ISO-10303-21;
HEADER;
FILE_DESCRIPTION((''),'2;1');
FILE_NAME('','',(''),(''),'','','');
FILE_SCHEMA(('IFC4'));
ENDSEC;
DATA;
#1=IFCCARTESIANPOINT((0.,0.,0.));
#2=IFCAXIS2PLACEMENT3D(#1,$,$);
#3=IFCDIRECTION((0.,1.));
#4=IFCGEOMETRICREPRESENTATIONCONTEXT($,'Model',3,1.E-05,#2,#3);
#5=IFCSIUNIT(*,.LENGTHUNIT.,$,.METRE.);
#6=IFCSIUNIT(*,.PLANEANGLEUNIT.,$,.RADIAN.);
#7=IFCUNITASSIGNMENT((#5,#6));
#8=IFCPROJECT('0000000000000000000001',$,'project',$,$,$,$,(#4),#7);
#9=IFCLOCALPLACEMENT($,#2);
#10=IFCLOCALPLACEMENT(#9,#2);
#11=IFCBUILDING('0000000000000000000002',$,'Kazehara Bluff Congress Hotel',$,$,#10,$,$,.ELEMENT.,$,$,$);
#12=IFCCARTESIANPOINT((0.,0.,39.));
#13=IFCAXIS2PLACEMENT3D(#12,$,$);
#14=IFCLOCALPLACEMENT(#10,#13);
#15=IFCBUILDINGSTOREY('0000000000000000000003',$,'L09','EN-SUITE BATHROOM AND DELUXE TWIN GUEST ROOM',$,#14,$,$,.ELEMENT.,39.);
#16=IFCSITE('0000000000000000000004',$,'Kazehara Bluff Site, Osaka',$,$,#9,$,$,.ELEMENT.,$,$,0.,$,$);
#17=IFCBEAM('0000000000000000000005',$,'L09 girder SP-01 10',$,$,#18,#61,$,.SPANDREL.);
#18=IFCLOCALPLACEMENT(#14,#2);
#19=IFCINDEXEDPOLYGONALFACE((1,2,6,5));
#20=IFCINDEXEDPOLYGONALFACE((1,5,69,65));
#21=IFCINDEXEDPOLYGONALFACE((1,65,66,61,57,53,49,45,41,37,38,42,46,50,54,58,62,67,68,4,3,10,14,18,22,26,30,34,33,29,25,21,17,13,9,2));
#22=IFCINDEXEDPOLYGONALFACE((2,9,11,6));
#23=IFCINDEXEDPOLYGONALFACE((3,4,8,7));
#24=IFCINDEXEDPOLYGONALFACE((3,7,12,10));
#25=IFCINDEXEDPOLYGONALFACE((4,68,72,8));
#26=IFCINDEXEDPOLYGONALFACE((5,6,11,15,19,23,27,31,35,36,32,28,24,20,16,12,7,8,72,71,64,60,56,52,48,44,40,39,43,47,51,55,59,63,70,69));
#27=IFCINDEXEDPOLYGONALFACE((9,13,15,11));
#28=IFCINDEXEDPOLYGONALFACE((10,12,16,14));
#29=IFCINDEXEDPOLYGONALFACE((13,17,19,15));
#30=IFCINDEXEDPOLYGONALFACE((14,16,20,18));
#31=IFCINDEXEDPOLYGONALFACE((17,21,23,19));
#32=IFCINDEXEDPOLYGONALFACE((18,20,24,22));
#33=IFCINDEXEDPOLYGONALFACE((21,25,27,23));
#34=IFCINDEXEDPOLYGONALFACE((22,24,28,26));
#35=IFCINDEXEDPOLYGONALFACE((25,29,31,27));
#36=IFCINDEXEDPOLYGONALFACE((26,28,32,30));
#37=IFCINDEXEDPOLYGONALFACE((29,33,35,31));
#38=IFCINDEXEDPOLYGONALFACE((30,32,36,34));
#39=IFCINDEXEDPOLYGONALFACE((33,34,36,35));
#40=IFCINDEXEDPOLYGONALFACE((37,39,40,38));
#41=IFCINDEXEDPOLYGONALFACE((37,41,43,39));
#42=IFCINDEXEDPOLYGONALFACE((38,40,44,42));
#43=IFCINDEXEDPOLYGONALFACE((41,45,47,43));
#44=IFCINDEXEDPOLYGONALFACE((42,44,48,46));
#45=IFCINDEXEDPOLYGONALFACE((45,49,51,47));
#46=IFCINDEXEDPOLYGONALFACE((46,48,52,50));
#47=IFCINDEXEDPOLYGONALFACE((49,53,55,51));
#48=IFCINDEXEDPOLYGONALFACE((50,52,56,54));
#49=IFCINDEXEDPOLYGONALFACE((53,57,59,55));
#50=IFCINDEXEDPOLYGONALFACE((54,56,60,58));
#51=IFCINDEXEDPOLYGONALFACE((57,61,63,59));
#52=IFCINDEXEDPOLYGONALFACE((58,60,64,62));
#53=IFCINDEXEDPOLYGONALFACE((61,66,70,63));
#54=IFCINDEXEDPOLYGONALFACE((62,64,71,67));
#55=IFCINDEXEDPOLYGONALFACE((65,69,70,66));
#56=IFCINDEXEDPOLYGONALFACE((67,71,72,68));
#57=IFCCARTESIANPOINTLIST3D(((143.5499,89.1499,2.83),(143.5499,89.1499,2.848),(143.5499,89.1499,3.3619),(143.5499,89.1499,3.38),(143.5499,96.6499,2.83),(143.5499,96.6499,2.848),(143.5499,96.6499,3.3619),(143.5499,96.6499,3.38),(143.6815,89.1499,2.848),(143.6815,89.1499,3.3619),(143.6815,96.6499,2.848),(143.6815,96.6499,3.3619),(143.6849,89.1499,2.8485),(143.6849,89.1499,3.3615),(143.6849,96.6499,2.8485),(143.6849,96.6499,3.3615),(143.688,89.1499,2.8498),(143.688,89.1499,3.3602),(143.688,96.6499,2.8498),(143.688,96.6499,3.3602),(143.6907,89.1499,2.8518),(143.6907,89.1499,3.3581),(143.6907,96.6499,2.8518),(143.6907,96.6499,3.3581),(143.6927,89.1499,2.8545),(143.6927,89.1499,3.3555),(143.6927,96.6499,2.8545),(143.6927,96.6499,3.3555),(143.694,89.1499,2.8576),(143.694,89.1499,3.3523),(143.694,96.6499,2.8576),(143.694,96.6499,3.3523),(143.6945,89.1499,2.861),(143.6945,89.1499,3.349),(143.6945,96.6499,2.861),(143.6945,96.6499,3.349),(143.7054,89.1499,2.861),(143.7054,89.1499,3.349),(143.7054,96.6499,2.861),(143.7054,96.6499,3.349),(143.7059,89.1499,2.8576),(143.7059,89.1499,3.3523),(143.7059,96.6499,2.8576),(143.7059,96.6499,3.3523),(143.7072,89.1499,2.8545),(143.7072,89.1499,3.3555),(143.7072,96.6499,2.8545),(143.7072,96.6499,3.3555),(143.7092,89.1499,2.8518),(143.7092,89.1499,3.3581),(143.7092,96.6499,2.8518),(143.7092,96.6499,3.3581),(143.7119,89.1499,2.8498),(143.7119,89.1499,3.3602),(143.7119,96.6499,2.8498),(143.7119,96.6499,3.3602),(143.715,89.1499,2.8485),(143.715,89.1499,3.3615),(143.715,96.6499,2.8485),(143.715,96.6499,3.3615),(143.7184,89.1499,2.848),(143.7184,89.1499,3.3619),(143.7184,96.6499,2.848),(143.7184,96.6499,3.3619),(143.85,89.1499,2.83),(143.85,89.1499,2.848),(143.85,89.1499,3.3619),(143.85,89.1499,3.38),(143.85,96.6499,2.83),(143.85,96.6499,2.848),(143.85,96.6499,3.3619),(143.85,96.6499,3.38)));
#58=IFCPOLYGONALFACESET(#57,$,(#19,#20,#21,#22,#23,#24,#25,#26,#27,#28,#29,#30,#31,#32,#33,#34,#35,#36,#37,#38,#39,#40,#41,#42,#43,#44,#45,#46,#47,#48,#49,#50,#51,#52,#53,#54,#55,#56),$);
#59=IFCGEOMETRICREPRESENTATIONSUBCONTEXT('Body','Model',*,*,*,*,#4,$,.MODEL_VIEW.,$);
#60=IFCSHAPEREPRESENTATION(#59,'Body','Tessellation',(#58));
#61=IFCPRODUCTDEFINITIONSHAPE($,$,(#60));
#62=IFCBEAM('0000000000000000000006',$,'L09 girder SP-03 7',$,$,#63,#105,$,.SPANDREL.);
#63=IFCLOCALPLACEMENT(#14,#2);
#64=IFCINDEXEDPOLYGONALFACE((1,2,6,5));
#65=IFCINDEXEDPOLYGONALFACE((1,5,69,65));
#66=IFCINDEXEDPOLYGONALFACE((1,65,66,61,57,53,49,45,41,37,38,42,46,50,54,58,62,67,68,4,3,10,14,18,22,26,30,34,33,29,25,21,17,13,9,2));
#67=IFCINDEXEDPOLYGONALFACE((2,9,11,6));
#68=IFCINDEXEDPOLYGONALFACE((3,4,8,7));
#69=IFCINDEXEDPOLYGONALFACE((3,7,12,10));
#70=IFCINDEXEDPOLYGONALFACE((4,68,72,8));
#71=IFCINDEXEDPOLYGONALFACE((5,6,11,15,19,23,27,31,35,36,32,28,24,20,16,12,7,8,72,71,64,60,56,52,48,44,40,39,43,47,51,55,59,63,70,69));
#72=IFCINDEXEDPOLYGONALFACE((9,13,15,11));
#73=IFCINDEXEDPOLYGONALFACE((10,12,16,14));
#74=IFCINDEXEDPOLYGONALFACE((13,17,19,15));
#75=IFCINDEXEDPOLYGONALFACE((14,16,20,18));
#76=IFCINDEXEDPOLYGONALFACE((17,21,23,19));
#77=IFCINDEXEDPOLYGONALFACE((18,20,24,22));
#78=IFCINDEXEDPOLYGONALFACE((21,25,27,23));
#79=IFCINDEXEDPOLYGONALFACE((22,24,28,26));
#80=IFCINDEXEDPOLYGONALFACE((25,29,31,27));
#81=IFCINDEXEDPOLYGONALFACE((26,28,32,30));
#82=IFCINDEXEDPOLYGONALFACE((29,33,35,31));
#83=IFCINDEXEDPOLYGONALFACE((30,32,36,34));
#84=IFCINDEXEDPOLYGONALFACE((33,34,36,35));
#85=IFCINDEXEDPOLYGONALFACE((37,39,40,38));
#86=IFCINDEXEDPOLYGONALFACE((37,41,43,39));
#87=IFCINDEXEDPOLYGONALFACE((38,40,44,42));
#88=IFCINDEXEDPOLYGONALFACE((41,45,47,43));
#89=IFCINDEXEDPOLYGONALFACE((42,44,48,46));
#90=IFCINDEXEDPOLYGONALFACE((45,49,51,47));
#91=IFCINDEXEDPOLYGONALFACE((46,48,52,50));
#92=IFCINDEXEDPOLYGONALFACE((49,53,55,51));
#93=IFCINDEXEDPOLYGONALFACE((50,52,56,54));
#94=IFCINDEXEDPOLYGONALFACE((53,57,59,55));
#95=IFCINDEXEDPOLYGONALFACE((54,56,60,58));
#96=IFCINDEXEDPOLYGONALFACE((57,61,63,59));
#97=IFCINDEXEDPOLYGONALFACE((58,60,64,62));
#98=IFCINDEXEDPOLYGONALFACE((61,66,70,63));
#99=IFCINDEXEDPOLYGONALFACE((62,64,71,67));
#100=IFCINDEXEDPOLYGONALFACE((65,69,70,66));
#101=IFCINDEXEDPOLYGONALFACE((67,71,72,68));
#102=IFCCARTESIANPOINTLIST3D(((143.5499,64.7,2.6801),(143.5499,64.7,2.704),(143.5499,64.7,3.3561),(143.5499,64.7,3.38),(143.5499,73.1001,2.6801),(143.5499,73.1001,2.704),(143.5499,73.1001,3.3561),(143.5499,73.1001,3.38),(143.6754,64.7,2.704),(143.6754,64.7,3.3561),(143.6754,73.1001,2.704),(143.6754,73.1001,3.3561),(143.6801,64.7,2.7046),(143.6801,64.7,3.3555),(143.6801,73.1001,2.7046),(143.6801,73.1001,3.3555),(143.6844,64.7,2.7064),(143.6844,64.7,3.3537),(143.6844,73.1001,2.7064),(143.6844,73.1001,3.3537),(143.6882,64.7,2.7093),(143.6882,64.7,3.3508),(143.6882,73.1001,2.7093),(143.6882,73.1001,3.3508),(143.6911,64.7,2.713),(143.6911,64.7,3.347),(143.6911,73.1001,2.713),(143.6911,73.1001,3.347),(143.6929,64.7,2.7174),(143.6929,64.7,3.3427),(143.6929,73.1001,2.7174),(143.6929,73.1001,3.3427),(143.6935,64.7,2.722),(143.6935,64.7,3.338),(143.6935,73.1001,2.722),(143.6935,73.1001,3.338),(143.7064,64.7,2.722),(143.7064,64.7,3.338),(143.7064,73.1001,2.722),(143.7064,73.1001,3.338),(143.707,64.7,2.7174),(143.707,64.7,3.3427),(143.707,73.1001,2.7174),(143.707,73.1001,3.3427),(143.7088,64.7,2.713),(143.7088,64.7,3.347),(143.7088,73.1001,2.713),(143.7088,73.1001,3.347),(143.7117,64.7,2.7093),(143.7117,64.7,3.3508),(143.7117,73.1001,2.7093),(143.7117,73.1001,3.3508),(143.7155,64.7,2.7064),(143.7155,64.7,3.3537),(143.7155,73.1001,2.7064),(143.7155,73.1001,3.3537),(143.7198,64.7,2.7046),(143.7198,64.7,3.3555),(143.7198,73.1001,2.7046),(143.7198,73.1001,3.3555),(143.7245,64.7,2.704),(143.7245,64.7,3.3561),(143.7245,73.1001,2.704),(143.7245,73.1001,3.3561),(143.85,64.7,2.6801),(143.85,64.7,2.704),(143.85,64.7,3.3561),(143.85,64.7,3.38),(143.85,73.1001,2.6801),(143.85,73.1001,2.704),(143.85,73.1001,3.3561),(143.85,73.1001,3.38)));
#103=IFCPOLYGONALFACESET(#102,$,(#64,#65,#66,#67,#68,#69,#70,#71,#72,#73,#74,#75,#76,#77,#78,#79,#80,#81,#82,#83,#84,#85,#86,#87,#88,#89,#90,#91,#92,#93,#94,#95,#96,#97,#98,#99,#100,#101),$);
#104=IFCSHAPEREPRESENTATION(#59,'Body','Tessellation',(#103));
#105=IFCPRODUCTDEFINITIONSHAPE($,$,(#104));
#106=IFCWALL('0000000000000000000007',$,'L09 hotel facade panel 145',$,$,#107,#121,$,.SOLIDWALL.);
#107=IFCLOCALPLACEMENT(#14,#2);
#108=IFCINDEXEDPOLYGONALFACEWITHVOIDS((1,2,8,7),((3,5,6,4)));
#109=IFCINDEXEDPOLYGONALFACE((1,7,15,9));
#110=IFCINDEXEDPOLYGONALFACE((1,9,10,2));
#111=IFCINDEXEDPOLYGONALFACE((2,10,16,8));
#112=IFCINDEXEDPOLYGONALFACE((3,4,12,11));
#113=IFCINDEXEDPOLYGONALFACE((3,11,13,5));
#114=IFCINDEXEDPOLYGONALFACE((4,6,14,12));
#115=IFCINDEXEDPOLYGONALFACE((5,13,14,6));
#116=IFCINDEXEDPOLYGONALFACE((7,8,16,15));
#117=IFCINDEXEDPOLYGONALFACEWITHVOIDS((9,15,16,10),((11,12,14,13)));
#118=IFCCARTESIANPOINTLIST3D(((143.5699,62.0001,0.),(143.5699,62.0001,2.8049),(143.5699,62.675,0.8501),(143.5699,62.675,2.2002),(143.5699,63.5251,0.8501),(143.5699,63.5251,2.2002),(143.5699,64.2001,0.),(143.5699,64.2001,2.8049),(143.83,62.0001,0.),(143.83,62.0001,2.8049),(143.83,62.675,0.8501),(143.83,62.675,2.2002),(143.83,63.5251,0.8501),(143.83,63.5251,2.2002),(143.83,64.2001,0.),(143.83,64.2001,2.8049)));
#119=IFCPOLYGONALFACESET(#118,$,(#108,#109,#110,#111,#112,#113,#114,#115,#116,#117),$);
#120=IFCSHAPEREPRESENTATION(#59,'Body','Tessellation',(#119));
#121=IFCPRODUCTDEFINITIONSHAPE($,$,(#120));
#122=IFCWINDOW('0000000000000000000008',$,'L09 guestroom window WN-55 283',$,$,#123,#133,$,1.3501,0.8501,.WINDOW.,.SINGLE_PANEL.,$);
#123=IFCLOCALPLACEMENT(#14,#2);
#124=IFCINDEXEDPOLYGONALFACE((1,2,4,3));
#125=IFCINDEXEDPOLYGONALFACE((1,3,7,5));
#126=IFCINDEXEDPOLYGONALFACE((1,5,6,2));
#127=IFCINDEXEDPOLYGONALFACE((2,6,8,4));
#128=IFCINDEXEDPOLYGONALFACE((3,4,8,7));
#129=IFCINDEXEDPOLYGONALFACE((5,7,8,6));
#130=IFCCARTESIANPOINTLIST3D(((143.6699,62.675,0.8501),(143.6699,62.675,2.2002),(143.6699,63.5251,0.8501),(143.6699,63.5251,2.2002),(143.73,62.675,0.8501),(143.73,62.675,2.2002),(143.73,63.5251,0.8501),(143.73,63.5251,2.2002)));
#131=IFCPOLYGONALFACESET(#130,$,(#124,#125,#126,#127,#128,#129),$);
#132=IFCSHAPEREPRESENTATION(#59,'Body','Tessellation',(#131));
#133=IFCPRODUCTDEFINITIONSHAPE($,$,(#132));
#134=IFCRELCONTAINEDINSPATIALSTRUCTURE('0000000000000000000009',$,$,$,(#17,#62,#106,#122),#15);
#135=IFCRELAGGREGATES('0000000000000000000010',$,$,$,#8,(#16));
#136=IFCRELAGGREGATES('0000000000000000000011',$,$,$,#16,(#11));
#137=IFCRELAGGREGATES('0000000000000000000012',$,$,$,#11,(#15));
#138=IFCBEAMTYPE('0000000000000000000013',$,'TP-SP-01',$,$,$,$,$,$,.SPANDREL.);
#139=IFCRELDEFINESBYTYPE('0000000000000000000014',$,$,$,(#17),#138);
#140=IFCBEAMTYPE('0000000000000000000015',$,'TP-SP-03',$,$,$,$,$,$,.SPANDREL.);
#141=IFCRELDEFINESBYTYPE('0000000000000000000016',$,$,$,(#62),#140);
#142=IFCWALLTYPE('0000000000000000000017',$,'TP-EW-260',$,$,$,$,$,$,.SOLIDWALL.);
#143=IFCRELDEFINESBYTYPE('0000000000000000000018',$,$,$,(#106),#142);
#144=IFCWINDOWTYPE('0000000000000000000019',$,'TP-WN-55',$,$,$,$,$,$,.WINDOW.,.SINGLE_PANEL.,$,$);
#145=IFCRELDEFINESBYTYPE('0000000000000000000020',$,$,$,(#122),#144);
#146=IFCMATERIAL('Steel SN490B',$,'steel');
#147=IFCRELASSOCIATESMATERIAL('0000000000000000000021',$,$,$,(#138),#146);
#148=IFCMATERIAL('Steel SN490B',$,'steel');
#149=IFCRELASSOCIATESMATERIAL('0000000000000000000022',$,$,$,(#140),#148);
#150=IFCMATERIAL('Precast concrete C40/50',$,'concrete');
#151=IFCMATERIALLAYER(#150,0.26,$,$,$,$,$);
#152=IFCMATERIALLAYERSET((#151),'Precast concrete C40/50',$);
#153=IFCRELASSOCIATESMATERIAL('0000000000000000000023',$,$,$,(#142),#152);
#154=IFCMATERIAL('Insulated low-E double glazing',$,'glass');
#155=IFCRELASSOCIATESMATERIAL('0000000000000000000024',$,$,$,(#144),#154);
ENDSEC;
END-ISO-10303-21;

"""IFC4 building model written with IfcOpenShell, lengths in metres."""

from ifc_helpers import new_model, si_unit, direction, frame, frame_2d, origin, origin_2d, place, context, subcontext, project, spatial, rectangle, i_section, extrude, material, layer, layer_set, material_profile, profile_set, type_object, element, fill, save


model = new_model("IFC4")

# Units and contexts
model_context = context("Model", 3, precision=1e-05, world=origin(), true_north=direction((0.0, 1.0)))
body_context = subcontext(model_context, "Body", "Model", "MODEL_VIEW")
ifc_project = project(units=[si_unit("LENGTHUNIT", "METRE"), si_unit("PLANEANGLEUNIT", "RADIAN")], contexts=[model_context])

# Site, building, storey
site_placement = place(None, origin())
site = spatial("IfcSite", under=ifc_project, at=site_placement, Name="Kazehara Bluff Site, Osaka", CompositionType="ELEMENT", RefElevation=0.0)
building_placement = place(site_placement, origin())
building = spatial("IfcBuilding", under=site, at=building_placement, Name="Kazehara Bluff Congress Hotel", CompositionType="ELEMENT")
storey_placement = place(building_placement, frame((0.0, 0.0, 39.0)))
storey = spatial("IfcBuildingStorey", under=building, at=storey_placement, Name="L09", Description="EN-SUITE BATHROOM AND DELUXE TWIN GUEST ROOM", CompositionType="ELEMENT", Elevation=39.0)

# Beams
ifc_material_1 = material(Name="Steel SN490B", Category="steel")
ifc_material_profile_1 = material_profile(ifc_material_1, i_section(OverallWidth=0.3, OverallDepth=0.55, WebThickness=0.011, FlangeThickness=0.0181, FilletRadius=0.0129, at=origin_2d()))
ifc_profile_set_1 = profile_set([ifc_material_profile_1], Name="Steel SN490B")
beam_type_1 = type_object("IfcBeamType", Name="TP-SP-01", PredefinedType="SPANDREL", material=ifc_profile_set_1)
for number, where, z_axis, x_axis, name in (
    (1, (143.7, 89.1499, 3.105), (0.0, 1.0, 0.0), (-1.0, 0.0, 0.0), "L09 girder SP-01 10"),
):
    element("IfcBeam", number, at=place(storey_placement, frame(where, z_axis=z_axis, x_axis=x_axis)), inside=storey, type_object=beam_type_1, Name=name, PredefinedType="SPANDREL", context=body_context, shape_type="SweptSolid", body=[
        extrude(i_section(OverallWidth=0.3, OverallDepth=0.55, WebThickness=0.011, FlangeThickness=0.0181, FilletRadius=0.0129, at=origin_2d()), origin(), (0.0, 0.0, 1.0), 7.5),
    ])
ifc_material_2 = material(Name="Steel SN490B", Category="steel")
ifc_material_profile_2 = material_profile(ifc_material_2, i_section(OverallWidth=0.3, OverallDepth=0.7, WebThickness=0.0129, FlangeThickness=0.0239, FilletRadius=0.0181, at=origin_2d()))
ifc_profile_set_2 = profile_set([ifc_material_profile_2], Name="Steel SN490B")
beam_type_2 = type_object("IfcBeamType", Name="TP-SP-03", PredefinedType="SPANDREL", material=ifc_profile_set_2)
beam_1_placement = place(storey_placement, frame((143.7, 64.7, 3.03), z_axis=(0.0, 1.0, 0.0), x_axis=(-1.0, 0.0, 0.0)))
element("IfcBeam", 2, at=beam_1_placement, inside=storey, type_object=beam_type_2, Name="L09 girder SP-03 7", PredefinedType="SPANDREL", context=body_context, shape_type="SweptSolid", body=[
    extrude(i_section(OverallWidth=0.3, OverallDepth=0.7, WebThickness=0.0129, FlangeThickness=0.0239, FilletRadius=0.0181, at=origin_2d()), origin(), (0.0, 0.0, 1.0), 8.4001),
])

# Wall, opening, window
ifc_material_3 = material(Name="Precast concrete C40/50", Category="concrete")
ifc_layer = layer(ifc_material_3, 0.26)
ifc_layer_set = layer_set([ifc_layer], Name="Precast concrete C40/50")
wall_type = type_object("IfcWallType", Name="TP-EW-260", PredefinedType="SOLIDWALL", material=ifc_layer_set)
wall_1_placement = place(storey_placement, frame((143.7, 62.0, 0.0), z_axis=(0.0, 0.0, 1.0), x_axis=(0.0, 1.0, 0.0)))
wall_1 = element("IfcWall", 3, at=wall_1_placement, inside=storey, type_object=wall_type, Name="L09 hotel facade panel 145", PredefinedType="SOLIDWALL", context=body_context, shape_type="SweptSolid", body=[
    extrude(rectangle(XDim=2.2, YDim=0.26, at=frame_2d((1.1001, 0.0))), origin(), (0.0, 0.0, 1.0), 2.8049),
])
opening_1_placement = place(wall_1_placement, frame((0.675, 0.0, 0.8501)))
opening_1 = element("IfcOpeningElement", 4, at=opening_1_placement, cuts=wall_1, PredefinedType="OPENING", context=body_context, shape_type="SweptSolid", body=[
    extrude(rectangle(XDim=0.8501, YDim=1.3501, at=frame_2d((0.425, 0.675))), frame((0.0, 0.1399, 0.0), z_axis=(0.0, -1.0, 0.0), x_axis=(1.0, 0.0, 0.0)), (0.0, 0.0, 1.0), 0.28),
])
ifc_material_4 = material(Name="Insulated low-E double glazing", Category="glass")
window_type_1 = type_object("IfcWindowType", Name="TP-WN-55", PartitioningType="SINGLE_PANEL", PredefinedType="WINDOW", material=ifc_material_4)
window_1_placement = place(opening_1_placement, origin())
window_1 = element("IfcWindow", 5, at=window_1_placement, inside=storey, type_object=window_type_1, Name="L09 guestroom window WN-55 283", OverallHeight=1.3501, OverallWidth=0.8501, PartitioningType="SINGLE_PANEL", PredefinedType="WINDOW", context=body_context, shape_type="SweptSolid", body=[
    extrude(rectangle(XDim=0.8501, YDim=1.3501, at=frame_2d((0.425, 0.675))), frame((0.0, 0.03, 0.0), z_axis=(0.0, -1.0, 0.0), x_axis=(1.0, 0.0, 0.0)), (0.0, 0.0, 1.0), 0.0601),
])
fill(opening_1, window_1)

save(model, "model.ifc")
